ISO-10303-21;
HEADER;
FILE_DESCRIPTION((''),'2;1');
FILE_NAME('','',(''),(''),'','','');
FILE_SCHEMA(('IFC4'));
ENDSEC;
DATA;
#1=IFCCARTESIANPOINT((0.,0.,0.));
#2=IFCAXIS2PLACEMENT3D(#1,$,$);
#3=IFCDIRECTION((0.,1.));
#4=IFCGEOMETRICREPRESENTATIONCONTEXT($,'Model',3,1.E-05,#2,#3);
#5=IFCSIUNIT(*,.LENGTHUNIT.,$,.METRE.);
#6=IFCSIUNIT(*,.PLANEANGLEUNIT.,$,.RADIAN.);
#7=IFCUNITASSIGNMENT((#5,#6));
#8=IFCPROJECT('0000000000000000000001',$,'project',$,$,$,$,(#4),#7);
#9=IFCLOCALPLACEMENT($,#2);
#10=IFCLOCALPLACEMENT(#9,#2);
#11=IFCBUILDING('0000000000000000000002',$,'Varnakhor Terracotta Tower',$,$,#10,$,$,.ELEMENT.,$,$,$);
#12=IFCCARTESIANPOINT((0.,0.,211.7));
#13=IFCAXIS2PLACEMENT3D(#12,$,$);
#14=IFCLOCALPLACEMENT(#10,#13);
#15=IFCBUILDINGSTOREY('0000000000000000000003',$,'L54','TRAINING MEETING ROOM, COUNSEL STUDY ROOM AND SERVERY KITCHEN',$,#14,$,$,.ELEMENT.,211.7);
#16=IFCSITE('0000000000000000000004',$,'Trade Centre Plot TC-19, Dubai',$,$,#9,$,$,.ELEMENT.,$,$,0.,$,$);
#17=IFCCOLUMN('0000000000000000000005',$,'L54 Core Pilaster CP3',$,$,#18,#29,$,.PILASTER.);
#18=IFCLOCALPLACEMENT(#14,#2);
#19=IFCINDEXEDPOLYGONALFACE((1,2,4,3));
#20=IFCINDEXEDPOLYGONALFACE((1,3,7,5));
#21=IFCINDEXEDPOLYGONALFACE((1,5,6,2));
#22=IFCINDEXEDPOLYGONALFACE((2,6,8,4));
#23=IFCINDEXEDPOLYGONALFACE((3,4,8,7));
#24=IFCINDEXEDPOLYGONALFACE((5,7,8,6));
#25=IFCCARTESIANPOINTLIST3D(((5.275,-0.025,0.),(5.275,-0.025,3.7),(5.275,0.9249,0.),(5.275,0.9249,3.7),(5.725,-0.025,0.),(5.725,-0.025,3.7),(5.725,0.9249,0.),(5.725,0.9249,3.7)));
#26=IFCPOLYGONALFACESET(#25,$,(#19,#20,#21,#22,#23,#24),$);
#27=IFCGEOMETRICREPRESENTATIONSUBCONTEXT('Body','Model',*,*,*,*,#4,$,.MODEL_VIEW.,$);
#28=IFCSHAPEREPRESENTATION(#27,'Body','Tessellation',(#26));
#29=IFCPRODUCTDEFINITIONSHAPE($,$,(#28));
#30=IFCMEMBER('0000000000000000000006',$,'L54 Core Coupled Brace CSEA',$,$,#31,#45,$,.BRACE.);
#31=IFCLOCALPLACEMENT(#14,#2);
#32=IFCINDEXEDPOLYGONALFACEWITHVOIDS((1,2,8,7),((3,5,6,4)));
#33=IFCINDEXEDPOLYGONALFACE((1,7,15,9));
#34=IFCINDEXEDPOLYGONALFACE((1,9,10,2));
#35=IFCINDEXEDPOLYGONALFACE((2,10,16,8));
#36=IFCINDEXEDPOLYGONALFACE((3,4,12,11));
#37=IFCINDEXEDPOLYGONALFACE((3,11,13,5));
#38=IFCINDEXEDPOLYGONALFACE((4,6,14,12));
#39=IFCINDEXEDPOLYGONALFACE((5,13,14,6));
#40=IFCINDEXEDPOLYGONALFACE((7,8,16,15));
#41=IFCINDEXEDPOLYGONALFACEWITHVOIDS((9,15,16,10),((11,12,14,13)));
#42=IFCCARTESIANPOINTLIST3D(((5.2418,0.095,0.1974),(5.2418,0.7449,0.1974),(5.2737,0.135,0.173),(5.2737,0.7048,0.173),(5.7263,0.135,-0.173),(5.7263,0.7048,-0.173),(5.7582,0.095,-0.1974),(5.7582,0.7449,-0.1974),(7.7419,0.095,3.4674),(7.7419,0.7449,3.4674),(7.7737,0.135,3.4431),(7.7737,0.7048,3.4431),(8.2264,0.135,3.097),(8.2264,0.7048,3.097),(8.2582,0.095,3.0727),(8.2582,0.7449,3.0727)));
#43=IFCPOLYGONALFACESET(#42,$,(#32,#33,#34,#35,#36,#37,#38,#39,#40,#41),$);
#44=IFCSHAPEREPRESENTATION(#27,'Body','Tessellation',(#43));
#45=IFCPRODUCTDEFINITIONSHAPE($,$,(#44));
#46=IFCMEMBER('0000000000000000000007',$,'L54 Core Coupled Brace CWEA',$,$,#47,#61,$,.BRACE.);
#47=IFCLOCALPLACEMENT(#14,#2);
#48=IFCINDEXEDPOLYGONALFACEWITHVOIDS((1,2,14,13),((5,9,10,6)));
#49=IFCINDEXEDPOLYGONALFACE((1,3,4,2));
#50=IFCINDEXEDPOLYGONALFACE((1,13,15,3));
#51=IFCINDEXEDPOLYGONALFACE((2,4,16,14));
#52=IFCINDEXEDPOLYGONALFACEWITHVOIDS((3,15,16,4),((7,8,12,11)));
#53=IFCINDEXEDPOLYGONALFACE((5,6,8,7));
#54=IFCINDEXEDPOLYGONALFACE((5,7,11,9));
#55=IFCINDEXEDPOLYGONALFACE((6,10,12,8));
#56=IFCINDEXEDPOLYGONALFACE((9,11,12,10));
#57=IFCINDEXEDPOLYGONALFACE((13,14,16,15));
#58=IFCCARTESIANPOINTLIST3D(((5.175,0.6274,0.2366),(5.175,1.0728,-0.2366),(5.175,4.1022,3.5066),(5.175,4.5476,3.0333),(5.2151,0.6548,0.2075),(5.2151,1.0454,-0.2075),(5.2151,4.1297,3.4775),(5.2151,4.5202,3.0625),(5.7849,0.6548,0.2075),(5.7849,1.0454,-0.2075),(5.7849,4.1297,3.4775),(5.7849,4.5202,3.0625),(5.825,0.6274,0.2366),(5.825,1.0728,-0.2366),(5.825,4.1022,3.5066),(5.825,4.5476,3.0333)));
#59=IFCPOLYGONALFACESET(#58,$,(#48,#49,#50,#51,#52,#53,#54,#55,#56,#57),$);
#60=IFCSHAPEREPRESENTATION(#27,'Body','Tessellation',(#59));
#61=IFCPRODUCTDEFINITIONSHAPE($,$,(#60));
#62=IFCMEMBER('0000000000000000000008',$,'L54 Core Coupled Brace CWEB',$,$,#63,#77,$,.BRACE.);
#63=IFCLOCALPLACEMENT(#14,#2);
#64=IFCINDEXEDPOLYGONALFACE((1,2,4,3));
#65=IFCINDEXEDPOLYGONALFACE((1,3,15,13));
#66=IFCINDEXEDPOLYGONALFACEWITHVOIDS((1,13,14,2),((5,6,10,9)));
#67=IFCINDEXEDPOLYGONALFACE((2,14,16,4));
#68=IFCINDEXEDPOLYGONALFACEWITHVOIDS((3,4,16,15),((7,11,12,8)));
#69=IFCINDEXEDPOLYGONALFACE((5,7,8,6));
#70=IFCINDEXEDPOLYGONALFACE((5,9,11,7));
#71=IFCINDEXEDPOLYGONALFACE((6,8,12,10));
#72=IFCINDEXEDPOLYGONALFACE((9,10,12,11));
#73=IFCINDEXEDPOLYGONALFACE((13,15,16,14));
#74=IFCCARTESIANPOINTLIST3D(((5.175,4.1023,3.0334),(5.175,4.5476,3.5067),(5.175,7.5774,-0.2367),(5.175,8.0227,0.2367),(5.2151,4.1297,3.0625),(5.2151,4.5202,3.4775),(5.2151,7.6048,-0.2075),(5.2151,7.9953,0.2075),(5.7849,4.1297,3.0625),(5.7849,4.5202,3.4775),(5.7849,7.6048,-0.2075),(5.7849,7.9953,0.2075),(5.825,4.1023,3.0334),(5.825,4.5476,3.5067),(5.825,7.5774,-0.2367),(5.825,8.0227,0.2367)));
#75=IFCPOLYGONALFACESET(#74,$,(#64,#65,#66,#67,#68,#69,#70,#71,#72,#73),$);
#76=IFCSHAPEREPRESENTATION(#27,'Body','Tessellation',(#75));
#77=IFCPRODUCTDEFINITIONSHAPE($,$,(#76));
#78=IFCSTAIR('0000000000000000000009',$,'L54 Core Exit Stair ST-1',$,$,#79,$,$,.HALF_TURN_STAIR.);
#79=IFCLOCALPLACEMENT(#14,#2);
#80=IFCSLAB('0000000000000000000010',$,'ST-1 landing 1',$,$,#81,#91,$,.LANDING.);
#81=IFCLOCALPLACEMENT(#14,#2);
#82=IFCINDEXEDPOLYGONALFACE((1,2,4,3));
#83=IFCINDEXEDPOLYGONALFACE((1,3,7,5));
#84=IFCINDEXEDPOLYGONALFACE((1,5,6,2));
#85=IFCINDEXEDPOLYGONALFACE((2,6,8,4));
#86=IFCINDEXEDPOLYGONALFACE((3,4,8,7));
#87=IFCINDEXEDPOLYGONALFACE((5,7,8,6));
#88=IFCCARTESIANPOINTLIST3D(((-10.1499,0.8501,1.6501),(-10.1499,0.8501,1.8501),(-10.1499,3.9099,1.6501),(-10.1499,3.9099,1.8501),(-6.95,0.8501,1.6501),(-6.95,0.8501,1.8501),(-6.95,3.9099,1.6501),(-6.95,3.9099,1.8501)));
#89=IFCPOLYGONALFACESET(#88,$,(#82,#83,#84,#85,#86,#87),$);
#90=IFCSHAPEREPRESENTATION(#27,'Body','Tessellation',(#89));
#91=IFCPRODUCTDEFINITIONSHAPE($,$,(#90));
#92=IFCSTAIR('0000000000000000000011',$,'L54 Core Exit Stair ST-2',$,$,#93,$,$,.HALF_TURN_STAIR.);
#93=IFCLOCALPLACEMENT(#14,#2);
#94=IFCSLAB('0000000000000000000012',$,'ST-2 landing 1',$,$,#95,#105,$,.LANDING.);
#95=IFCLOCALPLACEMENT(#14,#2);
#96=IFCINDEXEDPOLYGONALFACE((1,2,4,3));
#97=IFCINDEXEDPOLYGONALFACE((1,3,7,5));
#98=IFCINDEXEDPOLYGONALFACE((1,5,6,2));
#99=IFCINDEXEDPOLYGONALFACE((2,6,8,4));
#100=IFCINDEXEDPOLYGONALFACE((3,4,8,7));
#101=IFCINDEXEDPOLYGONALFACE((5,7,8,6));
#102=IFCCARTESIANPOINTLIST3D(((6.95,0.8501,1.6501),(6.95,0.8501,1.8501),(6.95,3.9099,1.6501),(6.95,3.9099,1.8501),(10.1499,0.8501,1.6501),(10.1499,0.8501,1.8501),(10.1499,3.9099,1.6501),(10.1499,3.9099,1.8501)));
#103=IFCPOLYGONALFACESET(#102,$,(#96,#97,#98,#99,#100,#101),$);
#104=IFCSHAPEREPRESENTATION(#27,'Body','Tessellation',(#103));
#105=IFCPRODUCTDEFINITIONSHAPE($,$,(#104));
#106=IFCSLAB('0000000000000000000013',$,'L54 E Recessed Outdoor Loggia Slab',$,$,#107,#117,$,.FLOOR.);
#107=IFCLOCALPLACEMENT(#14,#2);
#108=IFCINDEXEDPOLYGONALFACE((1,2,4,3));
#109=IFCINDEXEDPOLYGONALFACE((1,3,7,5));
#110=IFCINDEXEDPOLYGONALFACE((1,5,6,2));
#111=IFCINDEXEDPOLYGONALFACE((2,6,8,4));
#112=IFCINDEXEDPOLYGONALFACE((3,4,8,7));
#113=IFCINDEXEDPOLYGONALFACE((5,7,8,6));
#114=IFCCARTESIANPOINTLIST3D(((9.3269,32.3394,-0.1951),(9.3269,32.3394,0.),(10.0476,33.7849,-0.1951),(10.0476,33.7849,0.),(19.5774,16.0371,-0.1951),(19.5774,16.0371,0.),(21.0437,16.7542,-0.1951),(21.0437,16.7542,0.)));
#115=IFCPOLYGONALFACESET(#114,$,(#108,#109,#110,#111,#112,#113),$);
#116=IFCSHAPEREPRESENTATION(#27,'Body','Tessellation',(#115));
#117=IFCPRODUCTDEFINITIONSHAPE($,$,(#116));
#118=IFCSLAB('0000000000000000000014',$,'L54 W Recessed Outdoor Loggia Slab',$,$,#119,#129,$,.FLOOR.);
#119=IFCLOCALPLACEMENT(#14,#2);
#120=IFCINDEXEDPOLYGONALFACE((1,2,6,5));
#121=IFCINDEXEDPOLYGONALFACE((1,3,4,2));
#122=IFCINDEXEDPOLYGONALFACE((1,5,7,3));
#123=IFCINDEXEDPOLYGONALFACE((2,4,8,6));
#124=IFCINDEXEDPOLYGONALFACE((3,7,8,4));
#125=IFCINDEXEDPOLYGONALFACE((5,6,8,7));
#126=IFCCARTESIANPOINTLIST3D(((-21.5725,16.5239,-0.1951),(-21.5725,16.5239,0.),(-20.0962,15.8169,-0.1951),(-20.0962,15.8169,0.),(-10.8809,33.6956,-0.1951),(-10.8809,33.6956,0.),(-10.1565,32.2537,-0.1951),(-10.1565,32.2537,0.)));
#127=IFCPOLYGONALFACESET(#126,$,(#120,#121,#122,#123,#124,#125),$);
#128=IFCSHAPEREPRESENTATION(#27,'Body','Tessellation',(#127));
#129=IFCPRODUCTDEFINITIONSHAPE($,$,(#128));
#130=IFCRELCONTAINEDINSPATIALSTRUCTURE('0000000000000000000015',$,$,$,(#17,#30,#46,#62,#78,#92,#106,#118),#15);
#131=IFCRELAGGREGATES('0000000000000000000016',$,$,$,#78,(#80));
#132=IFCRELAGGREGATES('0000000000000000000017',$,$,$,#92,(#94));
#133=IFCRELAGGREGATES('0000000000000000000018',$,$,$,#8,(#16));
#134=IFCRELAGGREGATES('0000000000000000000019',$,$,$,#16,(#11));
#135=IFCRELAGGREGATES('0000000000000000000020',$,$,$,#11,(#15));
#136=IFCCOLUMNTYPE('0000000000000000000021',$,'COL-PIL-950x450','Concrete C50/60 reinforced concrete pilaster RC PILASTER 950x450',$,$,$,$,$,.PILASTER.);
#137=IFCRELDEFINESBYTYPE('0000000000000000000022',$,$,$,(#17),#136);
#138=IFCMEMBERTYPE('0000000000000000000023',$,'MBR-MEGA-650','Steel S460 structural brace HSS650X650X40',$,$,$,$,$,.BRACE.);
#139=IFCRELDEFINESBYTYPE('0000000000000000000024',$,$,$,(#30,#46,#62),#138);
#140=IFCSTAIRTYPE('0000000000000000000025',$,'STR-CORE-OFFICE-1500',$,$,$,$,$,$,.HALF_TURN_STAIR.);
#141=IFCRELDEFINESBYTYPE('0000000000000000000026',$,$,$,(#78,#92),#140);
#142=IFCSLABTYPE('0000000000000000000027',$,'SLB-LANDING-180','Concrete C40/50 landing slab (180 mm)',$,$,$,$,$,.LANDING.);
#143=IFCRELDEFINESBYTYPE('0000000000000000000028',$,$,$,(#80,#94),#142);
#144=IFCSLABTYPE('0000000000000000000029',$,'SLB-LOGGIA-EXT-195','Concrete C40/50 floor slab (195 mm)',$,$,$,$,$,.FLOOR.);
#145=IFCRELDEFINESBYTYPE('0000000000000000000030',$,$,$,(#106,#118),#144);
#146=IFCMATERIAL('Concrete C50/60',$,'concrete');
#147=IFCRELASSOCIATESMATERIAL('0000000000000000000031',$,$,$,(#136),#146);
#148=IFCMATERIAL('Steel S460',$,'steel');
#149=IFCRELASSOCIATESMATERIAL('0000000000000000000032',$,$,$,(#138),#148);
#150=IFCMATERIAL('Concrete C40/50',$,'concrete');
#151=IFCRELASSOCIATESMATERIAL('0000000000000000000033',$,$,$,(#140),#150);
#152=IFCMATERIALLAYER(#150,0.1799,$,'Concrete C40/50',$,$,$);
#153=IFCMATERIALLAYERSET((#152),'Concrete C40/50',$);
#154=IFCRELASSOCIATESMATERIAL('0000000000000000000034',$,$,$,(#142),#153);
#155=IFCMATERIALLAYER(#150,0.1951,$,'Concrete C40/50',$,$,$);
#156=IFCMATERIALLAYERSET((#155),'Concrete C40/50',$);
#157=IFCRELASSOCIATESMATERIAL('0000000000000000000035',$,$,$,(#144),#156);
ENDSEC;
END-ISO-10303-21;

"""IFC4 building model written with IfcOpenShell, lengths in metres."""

from ifc_helpers import new_model, si_unit, direction, frame, origin, origin_2d, place, context, subcontext, project, spatial, polyline, rectangle, hollow_rectangle, outline, extrude, source, transform, mapped, material, layer, layer_set, material_profile, profile_set, type_object, element, aggregate, save


model = new_model("IFC4")

# Units and contexts
model_context = context("Model", 3, precision=1e-05, world=origin(), true_north=direction((0.0, 1.0)))
body_context = subcontext(model_context, "Body", "Model", "MODEL_VIEW")
ifc_project = project(units=[si_unit("LENGTHUNIT", "METRE"), si_unit("PLANEANGLEUNIT", "RADIAN")], contexts=[model_context])

# Site, building, storey
site_placement = place(None, origin())
site = spatial("IfcSite", under=ifc_project, at=site_placement, Name="Trade Centre Plot TC-19, Dubai", CompositionType="ELEMENT", RefElevation=0.0)
building_placement = place(site_placement, origin())
building = spatial("IfcBuilding", under=site, at=building_placement, Name="Varnakhor Terracotta Tower", CompositionType="ELEMENT")
storey_placement = place(building_placement, frame((0.0, 0.0, 211.7)))
storey = spatial("IfcBuildingStorey", under=building, at=storey_placement, Name="L54", Description="TRAINING MEETING ROOM, COUNSEL STUDY ROOM AND SERVERY KITCHEN", CompositionType="ELEMENT", Elevation=211.7)

# Column
ifc_material_1 = material(Name="Concrete C50/60", Category="concrete")
ifc_material_profile_1 = material_profile(ifc_material_1, rectangle(XDim=0.45, YDim=0.95, at=origin_2d()), Name="RC PILASTER 950x450")
ifc_profile_set_1 = profile_set([ifc_material_profile_1], Name="Concrete C50/60")
column_type = type_object("IfcColumnType", Name="COL-PIL-950x450", Description="Concrete C50/60 reinforced concrete pilaster RC PILASTER 950x450", PredefinedType="PILASTER", material=ifc_profile_set_1)
shared_shape_1 = source(origin(), body_context, "Body", "SweptSolid", [
    extrude(rectangle(XDim=0.45, YDim=0.95, at=origin_2d()), origin(), (0.0, 0.0, 1.0), 3.7),
])
column_placement = place(storey_placement, frame((5.5, 0.45, 0.0), z_axis=(0.0, 0.0, 1.0), x_axis=(1.0, 0.0, 0.0)))
element("IfcColumn", 1, at=column_placement, inside=storey, type_object=column_type, Name="L54 Core Pilaster CP3", PredefinedType="PILASTER", context=body_context, shape_type="MappedRepresentation", body=[
    mapped(shared_shape_1, transform((0.0, 0.0, 0.0), scale=1.0)),
])

# Members
ifc_material_2 = material(Name="Steel S460", Category="steel")
ifc_material_profile_2 = material_profile(ifc_material_2, hollow_rectangle(XDim=0.6499, YDim=0.6499, WallThickness=0.04, at=origin_2d()), Name="HSS650X650X40")
ifc_profile_set_2 = profile_set([ifc_material_profile_2], Name="Steel S460")
member_type = type_object("IfcMemberType", Name="MBR-MEGA-650", Description="Steel S460 structural brace HSS650X650X40", PredefinedType="BRACE", material=ifc_profile_set_2)
shared_shape_2 = source(origin(), body_context, "Body", "SweptSolid", [
    extrude(hollow_rectangle(XDim=0.6499, YDim=0.6499, WallThickness=0.04, at=origin_2d()), origin(), (0.0, 0.0, 1.0), 4.1162),
])
member_1_placement = place(storey_placement, frame((5.5, 0.4199, 0.0), z_axis=(0.607358, 0.0, 0.794429), x_axis=(0.0, 1.0, 0.0)))
element("IfcMember", 2, at=member_1_placement, inside=storey, type_object=member_type, Name="L54 Core Coupled Brace CSEA", PredefinedType="BRACE", context=body_context, shape_type="MappedRepresentation", body=[
    mapped(shared_shape_2, transform((0.0, 0.0, 0.0), scale=1.0)),
])
shared_shape_3 = source(origin(), body_context, "Body", "SweptSolid", [
    extrude(hollow_rectangle(XDim=0.6499, YDim=0.6499, WallThickness=0.04, at=origin_2d()), origin(), (0.0, 0.0, 1.0), 4.7715),
])
member_2_placement = place(storey_placement, frame((5.5, 0.8501, 0.0), z_axis=(0.0, 0.728245, 0.685317), x_axis=(-1.0, 0.0, 0.0)))
element("IfcMember", 3, at=member_2_placement, inside=storey, type_object=member_type, Name="L54 Core Coupled Brace CWEA", PredefinedType="BRACE", context=body_context, shape_type="MappedRepresentation", body=[
    mapped(shared_shape_3, transform((0.0, 0.0, 0.0), scale=1.0)),
])
shared_shape_4 = source(origin(), body_context, "Body", "SweptSolid", [
    extrude(hollow_rectangle(XDim=0.6499, YDim=0.6499, WallThickness=0.04, at=origin_2d()), origin(), (0.0, 0.0, 1.0), 4.7717),
])
member_3_placement = place(storey_placement, frame((5.5, 7.8, 0.0), z_axis=(0.0, -0.728269, 0.685291), x_axis=(1.0, 0.0, 0.0)))
element("IfcMember", 4, at=member_3_placement, inside=storey, type_object=member_type, Name="L54 Core Coupled Brace CWEB", PredefinedType="BRACE", context=body_context, shape_type="MappedRepresentation", body=[
    mapped(shared_shape_4, transform((0.0, 0.0, 0.0), scale=1.0)),
])

# Stairs, slabs
ifc_material_3 = material(Name="Concrete C40/50", Category="concrete")
stair_type = type_object("IfcStairType", Name="STR-CORE-OFFICE-1500", PredefinedType="HALF_TURN_STAIR", material=ifc_material_3)
stair_1_placement = place(storey_placement, origin())
stair_1 = element("IfcStair", 5, at=stair_1_placement, inside=storey, type_object=stair_type, Name="L54 Core Exit Stair ST-1", PredefinedType="HALF_TURN_STAIR")
ifc_layer_1 = layer(ifc_material_3, 0.1799, Name="Concrete C40/50")
ifc_layer_set_1 = layer_set([ifc_layer_1], Name="Concrete C40/50")
slab_type_1 = type_object("IfcSlabType", Name="SLB-LANDING-180", Description="Concrete C40/50 landing slab (180 mm)", PredefinedType="LANDING", material=ifc_layer_set_1)
slab_1_placement = place(storey_placement, frame((0.0, 0.0, 1.6501)))
slab_1 = element("IfcSlab", 6, at=slab_1_placement, type_object=slab_type_1, Name="ST-1 landing 1", PredefinedType="LANDING", context=body_context, shape_type="SweptSolid", body=[
    extrude(outline(polyline([(-10.1499, 3.9099), (-10.1499, 0.8501), (-6.95, 0.8501), (-6.95, 3.9099), (-10.1499, 3.9099)])), origin(), (0.0, 0.0, 1.0), 0.2),
])
aggregate(stair_1, [slab_1])
stair_2_placement = place(storey_placement, origin())
stair_2 = element("IfcStair", 7, at=stair_2_placement, inside=storey, type_object=stair_type, Name="L54 Core Exit Stair ST-2", PredefinedType="HALF_TURN_STAIR")
slab_2_placement = place(storey_placement, frame((0.0, 0.0, 1.6501)))
slab_2 = element("IfcSlab", 8, at=slab_2_placement, type_object=slab_type_1, Name="ST-2 landing 1", PredefinedType="LANDING", context=body_context, shape_type="SweptSolid", body=[
    extrude(outline(polyline([(6.95, 3.9099), (6.95, 0.8501), (10.1499, 0.8501), (10.1499, 3.9099), (6.95, 3.9099)])), origin(), (0.0, 0.0, 1.0), 0.2),
])

# Slabs
ifc_layer_2 = layer(ifc_material_3, 0.1951, Name="Concrete C40/50")
ifc_layer_set_2 = layer_set([ifc_layer_2], Name="Concrete C40/50")
slab_type_2 = type_object("IfcSlabType", Name="SLB-LOGGIA-EXT-195", Description="Concrete C40/50 floor slab (195 mm)", PredefinedType="FLOOR", material=ifc_layer_set_2)
slab_3_placement = place(storey_placement, frame((0.0, 0.0, -0.1951)))
element("IfcSlab", 9, at=slab_3_placement, inside=storey, type_object=slab_type_2, Name="L54 E Recessed Outdoor Loggia Slab", PredefinedType="FLOOR", context=body_context, shape_type="SweptSolid", body=[
    extrude(outline(polyline([(10.0476, 33.7849), (21.0437, 16.7542), (19.5774, 16.0371), (9.3269, 32.3394), (10.0476, 33.7849)])), origin(), (0.0, 0.0, 1.0), 0.1951),
])
slab_4_placement = place(storey_placement, frame((0.0, 0.0, -0.1951)))
element("IfcSlab", 10, at=slab_4_placement, inside=storey, type_object=slab_type_2, Name="L54 W Recessed Outdoor Loggia Slab", PredefinedType="FLOOR", context=body_context, shape_type="SweptSolid", body=[
    extrude(outline(polyline([(-21.5725, 16.5239), (-10.8809, 33.6956), (-10.1565, 32.2537), (-20.0962, 15.8169), (-21.5725, 16.5239)])), origin(), (0.0, 0.0, 1.0), 0.1951),
])

aggregate(stair_2, [slab_2])

save(model, "model.ifc")
